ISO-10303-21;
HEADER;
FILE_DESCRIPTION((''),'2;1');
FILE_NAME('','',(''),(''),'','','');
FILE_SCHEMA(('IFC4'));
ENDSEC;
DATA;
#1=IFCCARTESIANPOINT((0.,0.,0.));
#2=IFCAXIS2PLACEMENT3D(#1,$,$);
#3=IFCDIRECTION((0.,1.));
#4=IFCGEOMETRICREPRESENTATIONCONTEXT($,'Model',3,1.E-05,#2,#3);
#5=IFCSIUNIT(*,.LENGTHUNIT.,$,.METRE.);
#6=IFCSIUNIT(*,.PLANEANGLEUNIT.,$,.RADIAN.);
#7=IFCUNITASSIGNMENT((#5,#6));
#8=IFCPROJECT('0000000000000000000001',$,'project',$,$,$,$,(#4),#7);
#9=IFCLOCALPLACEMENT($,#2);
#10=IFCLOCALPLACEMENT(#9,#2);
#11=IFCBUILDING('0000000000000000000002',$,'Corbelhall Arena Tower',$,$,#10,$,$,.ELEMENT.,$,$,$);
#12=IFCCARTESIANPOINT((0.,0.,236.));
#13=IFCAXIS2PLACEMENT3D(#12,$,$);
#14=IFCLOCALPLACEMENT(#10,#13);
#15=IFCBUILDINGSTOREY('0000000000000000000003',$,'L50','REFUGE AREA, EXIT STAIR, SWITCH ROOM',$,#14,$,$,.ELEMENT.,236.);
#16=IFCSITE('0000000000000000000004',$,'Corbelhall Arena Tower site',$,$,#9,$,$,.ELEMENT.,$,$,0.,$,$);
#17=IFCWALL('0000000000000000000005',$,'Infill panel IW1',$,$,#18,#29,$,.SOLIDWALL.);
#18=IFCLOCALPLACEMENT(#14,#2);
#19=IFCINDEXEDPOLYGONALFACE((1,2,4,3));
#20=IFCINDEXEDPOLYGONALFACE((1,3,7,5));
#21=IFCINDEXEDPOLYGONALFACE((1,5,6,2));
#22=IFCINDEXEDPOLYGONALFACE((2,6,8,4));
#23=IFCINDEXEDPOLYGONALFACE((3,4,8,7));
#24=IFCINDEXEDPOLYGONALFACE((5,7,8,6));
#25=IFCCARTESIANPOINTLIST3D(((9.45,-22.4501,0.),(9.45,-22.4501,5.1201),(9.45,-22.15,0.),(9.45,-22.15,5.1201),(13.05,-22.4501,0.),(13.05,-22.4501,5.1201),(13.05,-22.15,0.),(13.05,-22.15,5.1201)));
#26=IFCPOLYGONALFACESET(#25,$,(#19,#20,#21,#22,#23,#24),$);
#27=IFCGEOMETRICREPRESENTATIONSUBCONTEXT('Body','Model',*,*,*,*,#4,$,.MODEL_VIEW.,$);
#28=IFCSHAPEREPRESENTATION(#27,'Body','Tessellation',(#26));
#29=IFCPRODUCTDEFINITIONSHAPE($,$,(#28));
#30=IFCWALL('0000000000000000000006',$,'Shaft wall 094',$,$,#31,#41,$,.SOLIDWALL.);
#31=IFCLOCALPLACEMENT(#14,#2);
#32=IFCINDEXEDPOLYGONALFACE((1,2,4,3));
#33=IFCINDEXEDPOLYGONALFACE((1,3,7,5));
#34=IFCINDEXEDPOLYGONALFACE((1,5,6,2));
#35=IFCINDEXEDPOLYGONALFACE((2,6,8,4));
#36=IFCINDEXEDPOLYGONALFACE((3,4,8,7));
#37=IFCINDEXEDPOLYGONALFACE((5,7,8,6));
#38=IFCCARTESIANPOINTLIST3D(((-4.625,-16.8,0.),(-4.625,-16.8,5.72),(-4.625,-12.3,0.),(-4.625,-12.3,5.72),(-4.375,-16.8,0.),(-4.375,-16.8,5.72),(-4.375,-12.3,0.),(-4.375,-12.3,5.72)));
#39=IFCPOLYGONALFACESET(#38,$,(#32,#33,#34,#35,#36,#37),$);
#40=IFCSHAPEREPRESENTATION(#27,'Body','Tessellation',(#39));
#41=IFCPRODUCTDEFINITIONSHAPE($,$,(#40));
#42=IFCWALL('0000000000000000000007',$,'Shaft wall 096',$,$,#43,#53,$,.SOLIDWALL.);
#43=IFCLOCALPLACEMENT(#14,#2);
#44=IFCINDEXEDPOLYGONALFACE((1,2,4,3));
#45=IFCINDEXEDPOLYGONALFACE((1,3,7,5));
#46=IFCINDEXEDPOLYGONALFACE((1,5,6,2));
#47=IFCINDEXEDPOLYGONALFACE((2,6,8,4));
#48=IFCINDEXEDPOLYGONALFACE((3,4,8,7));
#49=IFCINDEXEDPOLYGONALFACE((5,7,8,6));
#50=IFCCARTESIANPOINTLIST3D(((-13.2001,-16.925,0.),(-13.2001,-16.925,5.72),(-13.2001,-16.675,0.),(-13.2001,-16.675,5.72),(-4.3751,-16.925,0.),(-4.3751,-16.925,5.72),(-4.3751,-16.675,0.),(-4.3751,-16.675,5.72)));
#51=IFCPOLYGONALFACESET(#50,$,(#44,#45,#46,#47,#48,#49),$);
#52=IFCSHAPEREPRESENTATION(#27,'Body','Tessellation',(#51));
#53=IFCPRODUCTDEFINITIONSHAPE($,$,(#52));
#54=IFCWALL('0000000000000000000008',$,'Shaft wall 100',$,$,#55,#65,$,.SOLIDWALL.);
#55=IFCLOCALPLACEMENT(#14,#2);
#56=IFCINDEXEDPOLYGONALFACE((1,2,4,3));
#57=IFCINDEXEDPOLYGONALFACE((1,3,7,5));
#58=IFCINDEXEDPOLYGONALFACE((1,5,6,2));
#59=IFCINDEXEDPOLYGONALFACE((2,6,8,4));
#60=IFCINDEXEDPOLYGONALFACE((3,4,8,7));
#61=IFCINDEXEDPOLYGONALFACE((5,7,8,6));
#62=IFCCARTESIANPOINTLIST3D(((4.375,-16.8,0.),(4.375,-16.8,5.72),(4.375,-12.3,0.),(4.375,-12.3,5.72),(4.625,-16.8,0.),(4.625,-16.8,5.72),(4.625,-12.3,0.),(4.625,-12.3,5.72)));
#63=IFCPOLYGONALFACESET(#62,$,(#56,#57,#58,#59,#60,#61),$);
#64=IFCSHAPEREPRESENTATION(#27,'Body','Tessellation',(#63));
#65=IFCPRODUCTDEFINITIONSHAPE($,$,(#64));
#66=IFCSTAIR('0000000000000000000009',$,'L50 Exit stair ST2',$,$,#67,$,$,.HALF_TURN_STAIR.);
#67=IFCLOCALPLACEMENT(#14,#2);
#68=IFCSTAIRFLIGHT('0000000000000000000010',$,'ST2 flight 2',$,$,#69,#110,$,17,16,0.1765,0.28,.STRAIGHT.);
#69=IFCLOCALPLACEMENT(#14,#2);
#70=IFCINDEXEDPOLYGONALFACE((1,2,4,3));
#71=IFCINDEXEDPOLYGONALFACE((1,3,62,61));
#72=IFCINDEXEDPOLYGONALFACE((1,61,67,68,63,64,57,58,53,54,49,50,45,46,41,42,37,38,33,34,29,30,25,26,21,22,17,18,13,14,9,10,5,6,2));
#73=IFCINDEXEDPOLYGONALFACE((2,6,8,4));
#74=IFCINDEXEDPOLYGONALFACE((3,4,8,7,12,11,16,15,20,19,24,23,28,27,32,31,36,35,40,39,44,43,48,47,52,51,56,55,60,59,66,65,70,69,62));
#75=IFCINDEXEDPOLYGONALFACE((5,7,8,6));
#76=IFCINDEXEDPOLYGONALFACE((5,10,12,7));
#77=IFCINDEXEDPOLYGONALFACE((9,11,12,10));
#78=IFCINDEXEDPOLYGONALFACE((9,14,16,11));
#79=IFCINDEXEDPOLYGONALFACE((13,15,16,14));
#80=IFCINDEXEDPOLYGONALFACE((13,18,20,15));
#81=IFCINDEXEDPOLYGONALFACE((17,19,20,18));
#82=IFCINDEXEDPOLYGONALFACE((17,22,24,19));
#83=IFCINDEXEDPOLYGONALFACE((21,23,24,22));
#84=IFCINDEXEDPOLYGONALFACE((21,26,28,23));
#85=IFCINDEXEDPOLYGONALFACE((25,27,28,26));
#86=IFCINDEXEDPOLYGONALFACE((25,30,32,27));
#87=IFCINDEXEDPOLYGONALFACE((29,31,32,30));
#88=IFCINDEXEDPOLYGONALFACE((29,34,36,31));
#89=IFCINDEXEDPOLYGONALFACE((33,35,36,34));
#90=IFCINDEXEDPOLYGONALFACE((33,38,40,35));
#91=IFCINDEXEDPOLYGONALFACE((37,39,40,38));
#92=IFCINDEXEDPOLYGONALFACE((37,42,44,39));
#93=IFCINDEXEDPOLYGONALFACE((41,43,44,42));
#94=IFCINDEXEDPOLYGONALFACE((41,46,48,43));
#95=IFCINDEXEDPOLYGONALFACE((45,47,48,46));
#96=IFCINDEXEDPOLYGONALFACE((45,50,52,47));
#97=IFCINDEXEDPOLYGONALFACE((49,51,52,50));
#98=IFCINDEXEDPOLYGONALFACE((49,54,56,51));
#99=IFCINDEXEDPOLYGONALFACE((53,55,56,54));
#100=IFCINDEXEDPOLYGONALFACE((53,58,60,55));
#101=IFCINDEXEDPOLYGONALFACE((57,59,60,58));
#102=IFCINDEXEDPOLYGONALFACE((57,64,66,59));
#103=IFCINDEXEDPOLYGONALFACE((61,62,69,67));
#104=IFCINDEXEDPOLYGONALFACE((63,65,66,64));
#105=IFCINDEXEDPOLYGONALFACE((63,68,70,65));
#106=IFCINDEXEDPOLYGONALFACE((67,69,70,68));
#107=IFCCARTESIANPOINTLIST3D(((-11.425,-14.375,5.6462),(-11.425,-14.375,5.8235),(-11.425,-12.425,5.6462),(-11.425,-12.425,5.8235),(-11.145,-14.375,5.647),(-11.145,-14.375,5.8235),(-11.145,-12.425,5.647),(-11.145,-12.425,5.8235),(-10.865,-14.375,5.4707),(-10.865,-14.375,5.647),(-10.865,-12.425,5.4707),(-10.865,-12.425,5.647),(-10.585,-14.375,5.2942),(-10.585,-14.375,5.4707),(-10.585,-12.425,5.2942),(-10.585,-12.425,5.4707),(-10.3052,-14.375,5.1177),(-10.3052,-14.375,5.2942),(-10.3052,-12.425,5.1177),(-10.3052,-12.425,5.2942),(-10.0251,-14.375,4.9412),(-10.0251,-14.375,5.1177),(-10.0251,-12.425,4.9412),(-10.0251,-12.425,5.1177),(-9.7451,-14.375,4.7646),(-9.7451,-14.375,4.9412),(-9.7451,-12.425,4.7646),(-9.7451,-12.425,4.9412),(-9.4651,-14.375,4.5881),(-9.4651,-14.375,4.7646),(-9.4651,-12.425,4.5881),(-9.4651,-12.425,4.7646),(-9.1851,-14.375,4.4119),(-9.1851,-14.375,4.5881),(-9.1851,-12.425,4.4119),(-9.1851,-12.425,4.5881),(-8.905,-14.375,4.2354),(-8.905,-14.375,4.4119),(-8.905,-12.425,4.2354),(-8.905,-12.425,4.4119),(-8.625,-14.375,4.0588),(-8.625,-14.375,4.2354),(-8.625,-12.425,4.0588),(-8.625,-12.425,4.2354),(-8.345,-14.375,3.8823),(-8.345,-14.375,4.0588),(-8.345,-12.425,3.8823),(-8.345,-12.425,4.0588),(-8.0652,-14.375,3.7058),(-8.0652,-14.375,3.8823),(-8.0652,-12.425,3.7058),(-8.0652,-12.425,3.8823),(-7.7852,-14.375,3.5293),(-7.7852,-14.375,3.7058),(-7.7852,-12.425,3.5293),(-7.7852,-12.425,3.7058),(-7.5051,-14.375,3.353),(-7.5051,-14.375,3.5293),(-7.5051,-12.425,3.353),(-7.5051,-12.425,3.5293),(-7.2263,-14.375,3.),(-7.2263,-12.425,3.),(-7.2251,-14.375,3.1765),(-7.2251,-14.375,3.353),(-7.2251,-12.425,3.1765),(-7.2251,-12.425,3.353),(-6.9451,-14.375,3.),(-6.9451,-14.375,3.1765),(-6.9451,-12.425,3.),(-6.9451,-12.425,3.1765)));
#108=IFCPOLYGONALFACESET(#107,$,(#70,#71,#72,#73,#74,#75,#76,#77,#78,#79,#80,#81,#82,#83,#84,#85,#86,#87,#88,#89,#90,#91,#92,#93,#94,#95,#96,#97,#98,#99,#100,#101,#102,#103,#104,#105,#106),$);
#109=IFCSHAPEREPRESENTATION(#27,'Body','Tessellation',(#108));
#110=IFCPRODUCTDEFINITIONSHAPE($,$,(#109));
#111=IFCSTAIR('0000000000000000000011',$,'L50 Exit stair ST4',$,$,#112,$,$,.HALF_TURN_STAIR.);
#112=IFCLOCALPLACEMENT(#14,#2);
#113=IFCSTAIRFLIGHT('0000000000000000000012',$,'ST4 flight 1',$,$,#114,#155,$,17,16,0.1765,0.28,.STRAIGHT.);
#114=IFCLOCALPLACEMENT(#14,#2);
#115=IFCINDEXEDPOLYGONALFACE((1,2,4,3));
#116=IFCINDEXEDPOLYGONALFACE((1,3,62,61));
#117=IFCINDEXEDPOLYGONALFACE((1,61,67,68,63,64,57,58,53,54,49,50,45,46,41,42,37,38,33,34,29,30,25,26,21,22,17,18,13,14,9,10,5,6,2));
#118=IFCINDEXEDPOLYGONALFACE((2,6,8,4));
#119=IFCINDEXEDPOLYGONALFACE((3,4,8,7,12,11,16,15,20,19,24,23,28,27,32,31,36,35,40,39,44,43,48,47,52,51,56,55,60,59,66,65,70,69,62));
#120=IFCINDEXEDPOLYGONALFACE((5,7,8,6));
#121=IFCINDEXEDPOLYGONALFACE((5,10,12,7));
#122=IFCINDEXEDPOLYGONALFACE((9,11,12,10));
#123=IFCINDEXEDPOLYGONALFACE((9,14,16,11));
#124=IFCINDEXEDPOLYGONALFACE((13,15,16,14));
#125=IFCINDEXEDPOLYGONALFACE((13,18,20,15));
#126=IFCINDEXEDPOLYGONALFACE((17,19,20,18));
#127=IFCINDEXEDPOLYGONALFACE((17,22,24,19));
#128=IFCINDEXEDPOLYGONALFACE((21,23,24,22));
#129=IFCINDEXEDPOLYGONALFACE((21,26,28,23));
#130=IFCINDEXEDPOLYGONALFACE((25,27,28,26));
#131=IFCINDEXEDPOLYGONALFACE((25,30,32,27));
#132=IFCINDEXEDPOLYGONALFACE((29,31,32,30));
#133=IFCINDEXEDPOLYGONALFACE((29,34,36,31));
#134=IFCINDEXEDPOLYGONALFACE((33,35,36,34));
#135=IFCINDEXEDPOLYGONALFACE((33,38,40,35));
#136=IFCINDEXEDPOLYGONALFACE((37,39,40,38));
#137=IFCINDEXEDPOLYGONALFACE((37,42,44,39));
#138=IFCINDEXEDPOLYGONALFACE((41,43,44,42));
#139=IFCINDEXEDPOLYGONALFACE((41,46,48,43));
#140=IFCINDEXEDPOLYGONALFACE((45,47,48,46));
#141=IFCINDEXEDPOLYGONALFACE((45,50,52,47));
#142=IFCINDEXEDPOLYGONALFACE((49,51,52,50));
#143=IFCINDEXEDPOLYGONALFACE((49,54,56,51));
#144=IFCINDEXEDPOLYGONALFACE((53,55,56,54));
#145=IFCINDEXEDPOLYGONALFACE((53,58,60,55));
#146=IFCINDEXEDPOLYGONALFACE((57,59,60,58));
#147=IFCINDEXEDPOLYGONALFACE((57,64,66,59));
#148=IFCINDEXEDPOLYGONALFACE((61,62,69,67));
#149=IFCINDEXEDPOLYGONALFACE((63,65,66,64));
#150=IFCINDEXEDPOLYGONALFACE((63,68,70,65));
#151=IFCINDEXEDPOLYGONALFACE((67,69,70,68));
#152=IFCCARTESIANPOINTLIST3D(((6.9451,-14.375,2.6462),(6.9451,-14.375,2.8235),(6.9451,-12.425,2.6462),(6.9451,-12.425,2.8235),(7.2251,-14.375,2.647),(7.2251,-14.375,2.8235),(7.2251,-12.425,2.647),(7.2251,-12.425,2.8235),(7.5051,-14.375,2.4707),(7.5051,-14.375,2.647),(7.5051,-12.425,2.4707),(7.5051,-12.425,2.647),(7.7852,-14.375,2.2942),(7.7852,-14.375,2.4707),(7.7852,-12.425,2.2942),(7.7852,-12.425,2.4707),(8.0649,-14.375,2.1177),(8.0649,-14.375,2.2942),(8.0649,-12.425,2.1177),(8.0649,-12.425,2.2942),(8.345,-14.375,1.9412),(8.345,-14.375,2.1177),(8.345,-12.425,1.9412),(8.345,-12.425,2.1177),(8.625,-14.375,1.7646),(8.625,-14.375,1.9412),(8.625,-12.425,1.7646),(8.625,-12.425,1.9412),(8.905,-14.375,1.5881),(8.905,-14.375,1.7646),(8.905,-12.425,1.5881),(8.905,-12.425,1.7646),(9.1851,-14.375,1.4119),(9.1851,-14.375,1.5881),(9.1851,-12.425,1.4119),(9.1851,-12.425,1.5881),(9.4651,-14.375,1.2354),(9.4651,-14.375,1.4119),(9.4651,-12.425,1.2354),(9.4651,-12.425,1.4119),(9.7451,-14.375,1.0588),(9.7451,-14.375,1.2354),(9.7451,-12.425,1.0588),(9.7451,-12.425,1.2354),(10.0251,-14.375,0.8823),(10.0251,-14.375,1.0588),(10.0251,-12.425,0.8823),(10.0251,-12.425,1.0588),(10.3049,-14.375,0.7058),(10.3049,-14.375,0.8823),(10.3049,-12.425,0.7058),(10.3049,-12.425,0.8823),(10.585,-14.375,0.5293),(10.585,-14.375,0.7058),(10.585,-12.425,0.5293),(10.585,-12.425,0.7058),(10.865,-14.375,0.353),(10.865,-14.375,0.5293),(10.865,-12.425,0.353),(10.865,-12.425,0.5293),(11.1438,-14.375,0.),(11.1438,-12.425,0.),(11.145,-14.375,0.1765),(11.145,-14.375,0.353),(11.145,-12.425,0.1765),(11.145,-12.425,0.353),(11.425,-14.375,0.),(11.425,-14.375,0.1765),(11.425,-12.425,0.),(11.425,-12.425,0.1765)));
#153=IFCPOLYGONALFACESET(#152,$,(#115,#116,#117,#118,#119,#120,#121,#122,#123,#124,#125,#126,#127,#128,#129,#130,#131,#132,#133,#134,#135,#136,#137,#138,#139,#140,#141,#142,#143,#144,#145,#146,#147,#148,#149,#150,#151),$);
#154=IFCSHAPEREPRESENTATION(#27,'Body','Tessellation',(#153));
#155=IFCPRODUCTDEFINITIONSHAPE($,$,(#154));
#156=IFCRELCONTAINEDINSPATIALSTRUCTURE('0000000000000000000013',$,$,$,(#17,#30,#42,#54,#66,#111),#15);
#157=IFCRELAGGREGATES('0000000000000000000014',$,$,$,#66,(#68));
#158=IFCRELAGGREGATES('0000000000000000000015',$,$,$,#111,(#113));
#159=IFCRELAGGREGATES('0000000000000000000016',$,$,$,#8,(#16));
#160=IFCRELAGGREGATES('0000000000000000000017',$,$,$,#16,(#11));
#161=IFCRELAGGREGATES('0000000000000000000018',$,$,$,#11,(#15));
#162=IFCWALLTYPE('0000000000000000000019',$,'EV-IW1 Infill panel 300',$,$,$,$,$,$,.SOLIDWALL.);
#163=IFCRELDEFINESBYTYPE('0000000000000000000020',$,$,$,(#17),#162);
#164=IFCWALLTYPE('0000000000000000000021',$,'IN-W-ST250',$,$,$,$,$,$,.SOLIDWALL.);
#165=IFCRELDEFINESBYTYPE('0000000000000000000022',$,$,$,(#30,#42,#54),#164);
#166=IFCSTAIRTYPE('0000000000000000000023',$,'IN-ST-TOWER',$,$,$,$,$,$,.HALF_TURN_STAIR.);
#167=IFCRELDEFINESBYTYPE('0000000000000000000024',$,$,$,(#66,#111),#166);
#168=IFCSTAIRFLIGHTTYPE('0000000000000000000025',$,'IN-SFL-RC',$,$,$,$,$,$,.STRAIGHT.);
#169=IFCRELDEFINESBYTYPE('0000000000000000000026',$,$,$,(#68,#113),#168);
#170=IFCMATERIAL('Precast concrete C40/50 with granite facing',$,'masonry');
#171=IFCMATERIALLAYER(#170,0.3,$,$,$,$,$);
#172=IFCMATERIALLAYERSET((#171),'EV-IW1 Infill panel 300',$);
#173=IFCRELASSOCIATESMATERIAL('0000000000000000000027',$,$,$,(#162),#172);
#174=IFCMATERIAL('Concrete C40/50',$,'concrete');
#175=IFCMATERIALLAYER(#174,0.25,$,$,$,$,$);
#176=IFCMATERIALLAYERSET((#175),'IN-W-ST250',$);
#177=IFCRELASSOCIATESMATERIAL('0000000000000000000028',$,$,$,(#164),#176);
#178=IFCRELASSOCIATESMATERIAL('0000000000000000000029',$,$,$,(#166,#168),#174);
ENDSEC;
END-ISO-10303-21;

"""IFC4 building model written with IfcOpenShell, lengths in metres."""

from ifc_helpers import new_model, si_unit, direction, frame, frame_2d, origin, place, context, subcontext, project, spatial, polyline, rectangle, outline, extrude, material, layer, layer_set, type_object, element, aggregate, save


model = new_model("IFC4")

# Units and contexts
model_context = context("Model", 3, precision=1e-05, world=origin(), true_north=direction((0.0, 1.0)))
body_context = subcontext(model_context, "Body", "Model", "MODEL_VIEW")
ifc_project = project(units=[si_unit("LENGTHUNIT", "METRE"), si_unit("PLANEANGLEUNIT", "RADIAN")], contexts=[model_context])

# Site, building, storey
site_placement = place(None, origin())
site = spatial("IfcSite", under=ifc_project, at=site_placement, Name="Corbelhall Arena Tower site", CompositionType="ELEMENT", RefElevation=0.0)
building_placement = place(site_placement, origin())
building = spatial("IfcBuilding", under=site, at=building_placement, Name="Corbelhall Arena Tower", CompositionType="ELEMENT")
storey_placement = place(building_placement, frame((0.0, 0.0, 236.0)))
storey = spatial("IfcBuildingStorey", under=building, at=storey_placement, Name="L50", Description="REFUGE AREA, EXIT STAIR, SWITCH ROOM", CompositionType="ELEMENT", Elevation=236.0)

# Walls
ifc_material_1 = material(Name="Precast concrete C40/50 with granite facing", Category="masonry")
ifc_layer_1 = layer(ifc_material_1, 0.3)
ifc_layer_set_1 = layer_set([ifc_layer_1], Name="EV-IW1 Infill panel 300")
wall_type_1 = type_object("IfcWallType", Name="EV-IW1 Infill panel 300", PredefinedType="SOLIDWALL", material=ifc_layer_set_1)
wall_1_placement = place(storey_placement, frame((9.45, -22.3, 0.0), z_axis=(0.0, 0.0, 1.0), x_axis=(1.0, 0.0, 0.0)))
element("IfcWall", 1, at=wall_1_placement, inside=storey, type_object=wall_type_1, Name="Infill panel IW1", PredefinedType="SOLIDWALL", context=body_context, shape_type="SweptSolid", body=[
    extrude(rectangle(XDim=3.6001, YDim=0.3, at=frame_2d((1.8, 0.0))), origin(), (0.0, 0.0, 1.0), 5.1201),
])
ifc_material_2 = material(Name="Concrete C40/50", Category="concrete")
ifc_layer_2 = layer(ifc_material_2, 0.25)
ifc_layer_set_2 = layer_set([ifc_layer_2], Name="IN-W-ST250")
wall_type_2 = type_object("IfcWallType", Name="IN-W-ST250", PredefinedType="SOLIDWALL", material=ifc_layer_set_2)
wall_2_placement = place(storey_placement, frame((-4.5, -12.3, 0.0), z_axis=(0.0, 0.0, 1.0), x_axis=(0.0, -1.0, 0.0)))
element("IfcWall", 2, at=wall_2_placement, inside=storey, type_object=wall_type_2, Name="Shaft wall 094", PredefinedType="SOLIDWALL", context=body_context, shape_type="SweptSolid", body=[
    extrude(rectangle(XDim=4.5, YDim=0.25, at=frame_2d((2.25, 0.0))), origin(), (0.0, 0.0, 1.0), 5.72),
])
wall_3_placement = place(storey_placement, frame((-4.375, -16.8, 0.0), z_axis=(0.0, 0.0, 1.0), x_axis=(-1.0, 0.0, 0.0)))
element("IfcWall", 3, at=wall_3_placement, inside=storey, type_object=wall_type_2, Name="Shaft wall 096", PredefinedType="SOLIDWALL", context=body_context, shape_type="SweptSolid", body=[
    extrude(rectangle(XDim=8.825, YDim=0.25, at=frame_2d((4.4126, 0.0))), origin(), (0.0, 0.0, 1.0), 5.72),
])
wall_4_placement = place(storey_placement, frame((4.5, -16.8, 0.0), z_axis=(0.0, 0.0, 1.0), x_axis=(0.0, 1.0, 0.0)))
element("IfcWall", 4, at=wall_4_placement, inside=storey, type_object=wall_type_2, Name="Shaft wall 100", PredefinedType="SOLIDWALL", context=body_context, shape_type="SweptSolid", body=[
    extrude(rectangle(XDim=4.5, YDim=0.25, at=frame_2d((2.25, 0.0))), origin(), (0.0, 0.0, 1.0), 5.72),
])

# Stair, stair flight
stair_type = type_object("IfcStairType", Name="IN-ST-TOWER", PredefinedType="HALF_TURN_STAIR", material=ifc_material_2)
stair_1_placement = place(storey_placement, origin())
stair_1 = element("IfcStair", 5, at=stair_1_placement, inside=storey, type_object=stair_type, Name="L50 Exit stair ST2", PredefinedType="HALF_TURN_STAIR")
stair_flight_type = type_object("IfcStairFlightType", Name="IN-SFL-RC", PredefinedType="STRAIGHT", material=ifc_material_2)
stair_flight_1_placement = place(storey_placement, frame((-6.9451, -13.3999, 3.0), z_axis=(0.0, 0.0, 1.0), x_axis=(-1.0, 0.0, 0.0)))
stair_flight_1 = element("IfcStairFlight", 6, at=stair_flight_1_placement, type_object=stair_flight_type, Name="ST2 flight 2", NumberOfRisers=17, NumberOfTreads=16, PredefinedType="STRAIGHT", RiserHeight=0.1765, TreadLength=0.28, context=body_context, shape_type="SweptSolid", body=[
    extrude(outline(polyline([(0.0, 0.0), (0.0, 0.1765), (0.28, 0.1765), (0.28, 0.353), (0.5601, 0.353), (0.5601, 0.5293), (0.8401, 0.5293), (0.8401, 0.7058), (1.1201, 0.7058), (1.1201, 0.8823), (1.3999, 0.8823), (1.3999, 1.0588), (1.6799, 1.0588), (1.6799, 1.2354), (1.96, 1.2354), (1.96, 1.4119), (2.24, 1.4119), (2.24, 1.5881), (2.52, 1.5881), (2.52, 1.7646), (2.8, 1.7646), (2.8, 1.9412), (3.0801, 1.9412), (3.0801, 2.1177), (3.3601, 2.1177), (3.3601, 2.2942), (3.6399, 2.2942), (3.6399, 2.4707), (3.9199, 2.4707), (3.9199, 2.647), (4.2, 2.647), (4.2, 2.8235), (4.48, 2.8235), (4.48, 3.0), (4.48, 2.6462), (0.2812, 0.0), (0.0, 0.0)])), frame((0.0, 0.9751, 0.0), z_axis=(0.0, -1.0, 0.0), x_axis=(1.0, 0.0, 0.0)), (0.0, 0.0, 1.0), 1.95),
])
aggregate(stair_1, [stair_flight_1])

# Stair, stair flight
stair_2_placement = place(storey_placement, origin())
stair_2 = element("IfcStair", 7, at=stair_2_placement, inside=storey, type_object=stair_type, Name="L50 Exit stair ST4", PredefinedType="HALF_TURN_STAIR")
stair_flight_2_placement = place(storey_placement, frame((11.425, -13.3999, 0.0), z_axis=(0.0, 0.0, 1.0), x_axis=(-1.0, 0.0, 0.0)))
stair_flight_2 = element("IfcStairFlight", 8, at=stair_flight_2_placement, type_object=stair_flight_type, Name="ST4 flight 1", NumberOfRisers=17, NumberOfTreads=16, PredefinedType="STRAIGHT", RiserHeight=0.1765, TreadLength=0.28, context=body_context, shape_type="SweptSolid", body=[
    extrude(outline(polyline([(0.0, 0.0), (0.0, 0.1765), (0.28, 0.1765), (0.28, 0.353), (0.5601, 0.353), (0.5601, 0.5293), (0.8401, 0.5293), (0.8401, 0.7058), (1.1201, 0.7058), (1.1201, 0.8823), (1.3999, 0.8823), (1.3999, 1.0588), (1.6799, 1.0588), (1.6799, 1.2354), (1.96, 1.2354), (1.96, 1.4119), (2.24, 1.4119), (2.24, 1.5881), (2.52, 1.5881), (2.52, 1.7646), (2.8, 1.7646), (2.8, 1.9412), (3.0801, 1.9412), (3.0801, 2.1177), (3.3601, 2.1177), (3.3601, 2.2942), (3.6399, 2.2942), (3.6399, 2.4707), (3.9199, 2.4707), (3.9199, 2.647), (4.2, 2.647), (4.2, 2.8235), (4.48, 2.8235), (4.48, 3.0), (4.48, 2.6462), (0.2812, 0.0), (0.0, 0.0)])), frame((0.0, 0.9751, 0.0), z_axis=(0.0, -1.0, 0.0), x_axis=(1.0, 0.0, 0.0)), (0.0, 0.0, 1.0), 1.95),
])
aggregate(stair_2, [stair_flight_2])

save(model, "model.ifc")
